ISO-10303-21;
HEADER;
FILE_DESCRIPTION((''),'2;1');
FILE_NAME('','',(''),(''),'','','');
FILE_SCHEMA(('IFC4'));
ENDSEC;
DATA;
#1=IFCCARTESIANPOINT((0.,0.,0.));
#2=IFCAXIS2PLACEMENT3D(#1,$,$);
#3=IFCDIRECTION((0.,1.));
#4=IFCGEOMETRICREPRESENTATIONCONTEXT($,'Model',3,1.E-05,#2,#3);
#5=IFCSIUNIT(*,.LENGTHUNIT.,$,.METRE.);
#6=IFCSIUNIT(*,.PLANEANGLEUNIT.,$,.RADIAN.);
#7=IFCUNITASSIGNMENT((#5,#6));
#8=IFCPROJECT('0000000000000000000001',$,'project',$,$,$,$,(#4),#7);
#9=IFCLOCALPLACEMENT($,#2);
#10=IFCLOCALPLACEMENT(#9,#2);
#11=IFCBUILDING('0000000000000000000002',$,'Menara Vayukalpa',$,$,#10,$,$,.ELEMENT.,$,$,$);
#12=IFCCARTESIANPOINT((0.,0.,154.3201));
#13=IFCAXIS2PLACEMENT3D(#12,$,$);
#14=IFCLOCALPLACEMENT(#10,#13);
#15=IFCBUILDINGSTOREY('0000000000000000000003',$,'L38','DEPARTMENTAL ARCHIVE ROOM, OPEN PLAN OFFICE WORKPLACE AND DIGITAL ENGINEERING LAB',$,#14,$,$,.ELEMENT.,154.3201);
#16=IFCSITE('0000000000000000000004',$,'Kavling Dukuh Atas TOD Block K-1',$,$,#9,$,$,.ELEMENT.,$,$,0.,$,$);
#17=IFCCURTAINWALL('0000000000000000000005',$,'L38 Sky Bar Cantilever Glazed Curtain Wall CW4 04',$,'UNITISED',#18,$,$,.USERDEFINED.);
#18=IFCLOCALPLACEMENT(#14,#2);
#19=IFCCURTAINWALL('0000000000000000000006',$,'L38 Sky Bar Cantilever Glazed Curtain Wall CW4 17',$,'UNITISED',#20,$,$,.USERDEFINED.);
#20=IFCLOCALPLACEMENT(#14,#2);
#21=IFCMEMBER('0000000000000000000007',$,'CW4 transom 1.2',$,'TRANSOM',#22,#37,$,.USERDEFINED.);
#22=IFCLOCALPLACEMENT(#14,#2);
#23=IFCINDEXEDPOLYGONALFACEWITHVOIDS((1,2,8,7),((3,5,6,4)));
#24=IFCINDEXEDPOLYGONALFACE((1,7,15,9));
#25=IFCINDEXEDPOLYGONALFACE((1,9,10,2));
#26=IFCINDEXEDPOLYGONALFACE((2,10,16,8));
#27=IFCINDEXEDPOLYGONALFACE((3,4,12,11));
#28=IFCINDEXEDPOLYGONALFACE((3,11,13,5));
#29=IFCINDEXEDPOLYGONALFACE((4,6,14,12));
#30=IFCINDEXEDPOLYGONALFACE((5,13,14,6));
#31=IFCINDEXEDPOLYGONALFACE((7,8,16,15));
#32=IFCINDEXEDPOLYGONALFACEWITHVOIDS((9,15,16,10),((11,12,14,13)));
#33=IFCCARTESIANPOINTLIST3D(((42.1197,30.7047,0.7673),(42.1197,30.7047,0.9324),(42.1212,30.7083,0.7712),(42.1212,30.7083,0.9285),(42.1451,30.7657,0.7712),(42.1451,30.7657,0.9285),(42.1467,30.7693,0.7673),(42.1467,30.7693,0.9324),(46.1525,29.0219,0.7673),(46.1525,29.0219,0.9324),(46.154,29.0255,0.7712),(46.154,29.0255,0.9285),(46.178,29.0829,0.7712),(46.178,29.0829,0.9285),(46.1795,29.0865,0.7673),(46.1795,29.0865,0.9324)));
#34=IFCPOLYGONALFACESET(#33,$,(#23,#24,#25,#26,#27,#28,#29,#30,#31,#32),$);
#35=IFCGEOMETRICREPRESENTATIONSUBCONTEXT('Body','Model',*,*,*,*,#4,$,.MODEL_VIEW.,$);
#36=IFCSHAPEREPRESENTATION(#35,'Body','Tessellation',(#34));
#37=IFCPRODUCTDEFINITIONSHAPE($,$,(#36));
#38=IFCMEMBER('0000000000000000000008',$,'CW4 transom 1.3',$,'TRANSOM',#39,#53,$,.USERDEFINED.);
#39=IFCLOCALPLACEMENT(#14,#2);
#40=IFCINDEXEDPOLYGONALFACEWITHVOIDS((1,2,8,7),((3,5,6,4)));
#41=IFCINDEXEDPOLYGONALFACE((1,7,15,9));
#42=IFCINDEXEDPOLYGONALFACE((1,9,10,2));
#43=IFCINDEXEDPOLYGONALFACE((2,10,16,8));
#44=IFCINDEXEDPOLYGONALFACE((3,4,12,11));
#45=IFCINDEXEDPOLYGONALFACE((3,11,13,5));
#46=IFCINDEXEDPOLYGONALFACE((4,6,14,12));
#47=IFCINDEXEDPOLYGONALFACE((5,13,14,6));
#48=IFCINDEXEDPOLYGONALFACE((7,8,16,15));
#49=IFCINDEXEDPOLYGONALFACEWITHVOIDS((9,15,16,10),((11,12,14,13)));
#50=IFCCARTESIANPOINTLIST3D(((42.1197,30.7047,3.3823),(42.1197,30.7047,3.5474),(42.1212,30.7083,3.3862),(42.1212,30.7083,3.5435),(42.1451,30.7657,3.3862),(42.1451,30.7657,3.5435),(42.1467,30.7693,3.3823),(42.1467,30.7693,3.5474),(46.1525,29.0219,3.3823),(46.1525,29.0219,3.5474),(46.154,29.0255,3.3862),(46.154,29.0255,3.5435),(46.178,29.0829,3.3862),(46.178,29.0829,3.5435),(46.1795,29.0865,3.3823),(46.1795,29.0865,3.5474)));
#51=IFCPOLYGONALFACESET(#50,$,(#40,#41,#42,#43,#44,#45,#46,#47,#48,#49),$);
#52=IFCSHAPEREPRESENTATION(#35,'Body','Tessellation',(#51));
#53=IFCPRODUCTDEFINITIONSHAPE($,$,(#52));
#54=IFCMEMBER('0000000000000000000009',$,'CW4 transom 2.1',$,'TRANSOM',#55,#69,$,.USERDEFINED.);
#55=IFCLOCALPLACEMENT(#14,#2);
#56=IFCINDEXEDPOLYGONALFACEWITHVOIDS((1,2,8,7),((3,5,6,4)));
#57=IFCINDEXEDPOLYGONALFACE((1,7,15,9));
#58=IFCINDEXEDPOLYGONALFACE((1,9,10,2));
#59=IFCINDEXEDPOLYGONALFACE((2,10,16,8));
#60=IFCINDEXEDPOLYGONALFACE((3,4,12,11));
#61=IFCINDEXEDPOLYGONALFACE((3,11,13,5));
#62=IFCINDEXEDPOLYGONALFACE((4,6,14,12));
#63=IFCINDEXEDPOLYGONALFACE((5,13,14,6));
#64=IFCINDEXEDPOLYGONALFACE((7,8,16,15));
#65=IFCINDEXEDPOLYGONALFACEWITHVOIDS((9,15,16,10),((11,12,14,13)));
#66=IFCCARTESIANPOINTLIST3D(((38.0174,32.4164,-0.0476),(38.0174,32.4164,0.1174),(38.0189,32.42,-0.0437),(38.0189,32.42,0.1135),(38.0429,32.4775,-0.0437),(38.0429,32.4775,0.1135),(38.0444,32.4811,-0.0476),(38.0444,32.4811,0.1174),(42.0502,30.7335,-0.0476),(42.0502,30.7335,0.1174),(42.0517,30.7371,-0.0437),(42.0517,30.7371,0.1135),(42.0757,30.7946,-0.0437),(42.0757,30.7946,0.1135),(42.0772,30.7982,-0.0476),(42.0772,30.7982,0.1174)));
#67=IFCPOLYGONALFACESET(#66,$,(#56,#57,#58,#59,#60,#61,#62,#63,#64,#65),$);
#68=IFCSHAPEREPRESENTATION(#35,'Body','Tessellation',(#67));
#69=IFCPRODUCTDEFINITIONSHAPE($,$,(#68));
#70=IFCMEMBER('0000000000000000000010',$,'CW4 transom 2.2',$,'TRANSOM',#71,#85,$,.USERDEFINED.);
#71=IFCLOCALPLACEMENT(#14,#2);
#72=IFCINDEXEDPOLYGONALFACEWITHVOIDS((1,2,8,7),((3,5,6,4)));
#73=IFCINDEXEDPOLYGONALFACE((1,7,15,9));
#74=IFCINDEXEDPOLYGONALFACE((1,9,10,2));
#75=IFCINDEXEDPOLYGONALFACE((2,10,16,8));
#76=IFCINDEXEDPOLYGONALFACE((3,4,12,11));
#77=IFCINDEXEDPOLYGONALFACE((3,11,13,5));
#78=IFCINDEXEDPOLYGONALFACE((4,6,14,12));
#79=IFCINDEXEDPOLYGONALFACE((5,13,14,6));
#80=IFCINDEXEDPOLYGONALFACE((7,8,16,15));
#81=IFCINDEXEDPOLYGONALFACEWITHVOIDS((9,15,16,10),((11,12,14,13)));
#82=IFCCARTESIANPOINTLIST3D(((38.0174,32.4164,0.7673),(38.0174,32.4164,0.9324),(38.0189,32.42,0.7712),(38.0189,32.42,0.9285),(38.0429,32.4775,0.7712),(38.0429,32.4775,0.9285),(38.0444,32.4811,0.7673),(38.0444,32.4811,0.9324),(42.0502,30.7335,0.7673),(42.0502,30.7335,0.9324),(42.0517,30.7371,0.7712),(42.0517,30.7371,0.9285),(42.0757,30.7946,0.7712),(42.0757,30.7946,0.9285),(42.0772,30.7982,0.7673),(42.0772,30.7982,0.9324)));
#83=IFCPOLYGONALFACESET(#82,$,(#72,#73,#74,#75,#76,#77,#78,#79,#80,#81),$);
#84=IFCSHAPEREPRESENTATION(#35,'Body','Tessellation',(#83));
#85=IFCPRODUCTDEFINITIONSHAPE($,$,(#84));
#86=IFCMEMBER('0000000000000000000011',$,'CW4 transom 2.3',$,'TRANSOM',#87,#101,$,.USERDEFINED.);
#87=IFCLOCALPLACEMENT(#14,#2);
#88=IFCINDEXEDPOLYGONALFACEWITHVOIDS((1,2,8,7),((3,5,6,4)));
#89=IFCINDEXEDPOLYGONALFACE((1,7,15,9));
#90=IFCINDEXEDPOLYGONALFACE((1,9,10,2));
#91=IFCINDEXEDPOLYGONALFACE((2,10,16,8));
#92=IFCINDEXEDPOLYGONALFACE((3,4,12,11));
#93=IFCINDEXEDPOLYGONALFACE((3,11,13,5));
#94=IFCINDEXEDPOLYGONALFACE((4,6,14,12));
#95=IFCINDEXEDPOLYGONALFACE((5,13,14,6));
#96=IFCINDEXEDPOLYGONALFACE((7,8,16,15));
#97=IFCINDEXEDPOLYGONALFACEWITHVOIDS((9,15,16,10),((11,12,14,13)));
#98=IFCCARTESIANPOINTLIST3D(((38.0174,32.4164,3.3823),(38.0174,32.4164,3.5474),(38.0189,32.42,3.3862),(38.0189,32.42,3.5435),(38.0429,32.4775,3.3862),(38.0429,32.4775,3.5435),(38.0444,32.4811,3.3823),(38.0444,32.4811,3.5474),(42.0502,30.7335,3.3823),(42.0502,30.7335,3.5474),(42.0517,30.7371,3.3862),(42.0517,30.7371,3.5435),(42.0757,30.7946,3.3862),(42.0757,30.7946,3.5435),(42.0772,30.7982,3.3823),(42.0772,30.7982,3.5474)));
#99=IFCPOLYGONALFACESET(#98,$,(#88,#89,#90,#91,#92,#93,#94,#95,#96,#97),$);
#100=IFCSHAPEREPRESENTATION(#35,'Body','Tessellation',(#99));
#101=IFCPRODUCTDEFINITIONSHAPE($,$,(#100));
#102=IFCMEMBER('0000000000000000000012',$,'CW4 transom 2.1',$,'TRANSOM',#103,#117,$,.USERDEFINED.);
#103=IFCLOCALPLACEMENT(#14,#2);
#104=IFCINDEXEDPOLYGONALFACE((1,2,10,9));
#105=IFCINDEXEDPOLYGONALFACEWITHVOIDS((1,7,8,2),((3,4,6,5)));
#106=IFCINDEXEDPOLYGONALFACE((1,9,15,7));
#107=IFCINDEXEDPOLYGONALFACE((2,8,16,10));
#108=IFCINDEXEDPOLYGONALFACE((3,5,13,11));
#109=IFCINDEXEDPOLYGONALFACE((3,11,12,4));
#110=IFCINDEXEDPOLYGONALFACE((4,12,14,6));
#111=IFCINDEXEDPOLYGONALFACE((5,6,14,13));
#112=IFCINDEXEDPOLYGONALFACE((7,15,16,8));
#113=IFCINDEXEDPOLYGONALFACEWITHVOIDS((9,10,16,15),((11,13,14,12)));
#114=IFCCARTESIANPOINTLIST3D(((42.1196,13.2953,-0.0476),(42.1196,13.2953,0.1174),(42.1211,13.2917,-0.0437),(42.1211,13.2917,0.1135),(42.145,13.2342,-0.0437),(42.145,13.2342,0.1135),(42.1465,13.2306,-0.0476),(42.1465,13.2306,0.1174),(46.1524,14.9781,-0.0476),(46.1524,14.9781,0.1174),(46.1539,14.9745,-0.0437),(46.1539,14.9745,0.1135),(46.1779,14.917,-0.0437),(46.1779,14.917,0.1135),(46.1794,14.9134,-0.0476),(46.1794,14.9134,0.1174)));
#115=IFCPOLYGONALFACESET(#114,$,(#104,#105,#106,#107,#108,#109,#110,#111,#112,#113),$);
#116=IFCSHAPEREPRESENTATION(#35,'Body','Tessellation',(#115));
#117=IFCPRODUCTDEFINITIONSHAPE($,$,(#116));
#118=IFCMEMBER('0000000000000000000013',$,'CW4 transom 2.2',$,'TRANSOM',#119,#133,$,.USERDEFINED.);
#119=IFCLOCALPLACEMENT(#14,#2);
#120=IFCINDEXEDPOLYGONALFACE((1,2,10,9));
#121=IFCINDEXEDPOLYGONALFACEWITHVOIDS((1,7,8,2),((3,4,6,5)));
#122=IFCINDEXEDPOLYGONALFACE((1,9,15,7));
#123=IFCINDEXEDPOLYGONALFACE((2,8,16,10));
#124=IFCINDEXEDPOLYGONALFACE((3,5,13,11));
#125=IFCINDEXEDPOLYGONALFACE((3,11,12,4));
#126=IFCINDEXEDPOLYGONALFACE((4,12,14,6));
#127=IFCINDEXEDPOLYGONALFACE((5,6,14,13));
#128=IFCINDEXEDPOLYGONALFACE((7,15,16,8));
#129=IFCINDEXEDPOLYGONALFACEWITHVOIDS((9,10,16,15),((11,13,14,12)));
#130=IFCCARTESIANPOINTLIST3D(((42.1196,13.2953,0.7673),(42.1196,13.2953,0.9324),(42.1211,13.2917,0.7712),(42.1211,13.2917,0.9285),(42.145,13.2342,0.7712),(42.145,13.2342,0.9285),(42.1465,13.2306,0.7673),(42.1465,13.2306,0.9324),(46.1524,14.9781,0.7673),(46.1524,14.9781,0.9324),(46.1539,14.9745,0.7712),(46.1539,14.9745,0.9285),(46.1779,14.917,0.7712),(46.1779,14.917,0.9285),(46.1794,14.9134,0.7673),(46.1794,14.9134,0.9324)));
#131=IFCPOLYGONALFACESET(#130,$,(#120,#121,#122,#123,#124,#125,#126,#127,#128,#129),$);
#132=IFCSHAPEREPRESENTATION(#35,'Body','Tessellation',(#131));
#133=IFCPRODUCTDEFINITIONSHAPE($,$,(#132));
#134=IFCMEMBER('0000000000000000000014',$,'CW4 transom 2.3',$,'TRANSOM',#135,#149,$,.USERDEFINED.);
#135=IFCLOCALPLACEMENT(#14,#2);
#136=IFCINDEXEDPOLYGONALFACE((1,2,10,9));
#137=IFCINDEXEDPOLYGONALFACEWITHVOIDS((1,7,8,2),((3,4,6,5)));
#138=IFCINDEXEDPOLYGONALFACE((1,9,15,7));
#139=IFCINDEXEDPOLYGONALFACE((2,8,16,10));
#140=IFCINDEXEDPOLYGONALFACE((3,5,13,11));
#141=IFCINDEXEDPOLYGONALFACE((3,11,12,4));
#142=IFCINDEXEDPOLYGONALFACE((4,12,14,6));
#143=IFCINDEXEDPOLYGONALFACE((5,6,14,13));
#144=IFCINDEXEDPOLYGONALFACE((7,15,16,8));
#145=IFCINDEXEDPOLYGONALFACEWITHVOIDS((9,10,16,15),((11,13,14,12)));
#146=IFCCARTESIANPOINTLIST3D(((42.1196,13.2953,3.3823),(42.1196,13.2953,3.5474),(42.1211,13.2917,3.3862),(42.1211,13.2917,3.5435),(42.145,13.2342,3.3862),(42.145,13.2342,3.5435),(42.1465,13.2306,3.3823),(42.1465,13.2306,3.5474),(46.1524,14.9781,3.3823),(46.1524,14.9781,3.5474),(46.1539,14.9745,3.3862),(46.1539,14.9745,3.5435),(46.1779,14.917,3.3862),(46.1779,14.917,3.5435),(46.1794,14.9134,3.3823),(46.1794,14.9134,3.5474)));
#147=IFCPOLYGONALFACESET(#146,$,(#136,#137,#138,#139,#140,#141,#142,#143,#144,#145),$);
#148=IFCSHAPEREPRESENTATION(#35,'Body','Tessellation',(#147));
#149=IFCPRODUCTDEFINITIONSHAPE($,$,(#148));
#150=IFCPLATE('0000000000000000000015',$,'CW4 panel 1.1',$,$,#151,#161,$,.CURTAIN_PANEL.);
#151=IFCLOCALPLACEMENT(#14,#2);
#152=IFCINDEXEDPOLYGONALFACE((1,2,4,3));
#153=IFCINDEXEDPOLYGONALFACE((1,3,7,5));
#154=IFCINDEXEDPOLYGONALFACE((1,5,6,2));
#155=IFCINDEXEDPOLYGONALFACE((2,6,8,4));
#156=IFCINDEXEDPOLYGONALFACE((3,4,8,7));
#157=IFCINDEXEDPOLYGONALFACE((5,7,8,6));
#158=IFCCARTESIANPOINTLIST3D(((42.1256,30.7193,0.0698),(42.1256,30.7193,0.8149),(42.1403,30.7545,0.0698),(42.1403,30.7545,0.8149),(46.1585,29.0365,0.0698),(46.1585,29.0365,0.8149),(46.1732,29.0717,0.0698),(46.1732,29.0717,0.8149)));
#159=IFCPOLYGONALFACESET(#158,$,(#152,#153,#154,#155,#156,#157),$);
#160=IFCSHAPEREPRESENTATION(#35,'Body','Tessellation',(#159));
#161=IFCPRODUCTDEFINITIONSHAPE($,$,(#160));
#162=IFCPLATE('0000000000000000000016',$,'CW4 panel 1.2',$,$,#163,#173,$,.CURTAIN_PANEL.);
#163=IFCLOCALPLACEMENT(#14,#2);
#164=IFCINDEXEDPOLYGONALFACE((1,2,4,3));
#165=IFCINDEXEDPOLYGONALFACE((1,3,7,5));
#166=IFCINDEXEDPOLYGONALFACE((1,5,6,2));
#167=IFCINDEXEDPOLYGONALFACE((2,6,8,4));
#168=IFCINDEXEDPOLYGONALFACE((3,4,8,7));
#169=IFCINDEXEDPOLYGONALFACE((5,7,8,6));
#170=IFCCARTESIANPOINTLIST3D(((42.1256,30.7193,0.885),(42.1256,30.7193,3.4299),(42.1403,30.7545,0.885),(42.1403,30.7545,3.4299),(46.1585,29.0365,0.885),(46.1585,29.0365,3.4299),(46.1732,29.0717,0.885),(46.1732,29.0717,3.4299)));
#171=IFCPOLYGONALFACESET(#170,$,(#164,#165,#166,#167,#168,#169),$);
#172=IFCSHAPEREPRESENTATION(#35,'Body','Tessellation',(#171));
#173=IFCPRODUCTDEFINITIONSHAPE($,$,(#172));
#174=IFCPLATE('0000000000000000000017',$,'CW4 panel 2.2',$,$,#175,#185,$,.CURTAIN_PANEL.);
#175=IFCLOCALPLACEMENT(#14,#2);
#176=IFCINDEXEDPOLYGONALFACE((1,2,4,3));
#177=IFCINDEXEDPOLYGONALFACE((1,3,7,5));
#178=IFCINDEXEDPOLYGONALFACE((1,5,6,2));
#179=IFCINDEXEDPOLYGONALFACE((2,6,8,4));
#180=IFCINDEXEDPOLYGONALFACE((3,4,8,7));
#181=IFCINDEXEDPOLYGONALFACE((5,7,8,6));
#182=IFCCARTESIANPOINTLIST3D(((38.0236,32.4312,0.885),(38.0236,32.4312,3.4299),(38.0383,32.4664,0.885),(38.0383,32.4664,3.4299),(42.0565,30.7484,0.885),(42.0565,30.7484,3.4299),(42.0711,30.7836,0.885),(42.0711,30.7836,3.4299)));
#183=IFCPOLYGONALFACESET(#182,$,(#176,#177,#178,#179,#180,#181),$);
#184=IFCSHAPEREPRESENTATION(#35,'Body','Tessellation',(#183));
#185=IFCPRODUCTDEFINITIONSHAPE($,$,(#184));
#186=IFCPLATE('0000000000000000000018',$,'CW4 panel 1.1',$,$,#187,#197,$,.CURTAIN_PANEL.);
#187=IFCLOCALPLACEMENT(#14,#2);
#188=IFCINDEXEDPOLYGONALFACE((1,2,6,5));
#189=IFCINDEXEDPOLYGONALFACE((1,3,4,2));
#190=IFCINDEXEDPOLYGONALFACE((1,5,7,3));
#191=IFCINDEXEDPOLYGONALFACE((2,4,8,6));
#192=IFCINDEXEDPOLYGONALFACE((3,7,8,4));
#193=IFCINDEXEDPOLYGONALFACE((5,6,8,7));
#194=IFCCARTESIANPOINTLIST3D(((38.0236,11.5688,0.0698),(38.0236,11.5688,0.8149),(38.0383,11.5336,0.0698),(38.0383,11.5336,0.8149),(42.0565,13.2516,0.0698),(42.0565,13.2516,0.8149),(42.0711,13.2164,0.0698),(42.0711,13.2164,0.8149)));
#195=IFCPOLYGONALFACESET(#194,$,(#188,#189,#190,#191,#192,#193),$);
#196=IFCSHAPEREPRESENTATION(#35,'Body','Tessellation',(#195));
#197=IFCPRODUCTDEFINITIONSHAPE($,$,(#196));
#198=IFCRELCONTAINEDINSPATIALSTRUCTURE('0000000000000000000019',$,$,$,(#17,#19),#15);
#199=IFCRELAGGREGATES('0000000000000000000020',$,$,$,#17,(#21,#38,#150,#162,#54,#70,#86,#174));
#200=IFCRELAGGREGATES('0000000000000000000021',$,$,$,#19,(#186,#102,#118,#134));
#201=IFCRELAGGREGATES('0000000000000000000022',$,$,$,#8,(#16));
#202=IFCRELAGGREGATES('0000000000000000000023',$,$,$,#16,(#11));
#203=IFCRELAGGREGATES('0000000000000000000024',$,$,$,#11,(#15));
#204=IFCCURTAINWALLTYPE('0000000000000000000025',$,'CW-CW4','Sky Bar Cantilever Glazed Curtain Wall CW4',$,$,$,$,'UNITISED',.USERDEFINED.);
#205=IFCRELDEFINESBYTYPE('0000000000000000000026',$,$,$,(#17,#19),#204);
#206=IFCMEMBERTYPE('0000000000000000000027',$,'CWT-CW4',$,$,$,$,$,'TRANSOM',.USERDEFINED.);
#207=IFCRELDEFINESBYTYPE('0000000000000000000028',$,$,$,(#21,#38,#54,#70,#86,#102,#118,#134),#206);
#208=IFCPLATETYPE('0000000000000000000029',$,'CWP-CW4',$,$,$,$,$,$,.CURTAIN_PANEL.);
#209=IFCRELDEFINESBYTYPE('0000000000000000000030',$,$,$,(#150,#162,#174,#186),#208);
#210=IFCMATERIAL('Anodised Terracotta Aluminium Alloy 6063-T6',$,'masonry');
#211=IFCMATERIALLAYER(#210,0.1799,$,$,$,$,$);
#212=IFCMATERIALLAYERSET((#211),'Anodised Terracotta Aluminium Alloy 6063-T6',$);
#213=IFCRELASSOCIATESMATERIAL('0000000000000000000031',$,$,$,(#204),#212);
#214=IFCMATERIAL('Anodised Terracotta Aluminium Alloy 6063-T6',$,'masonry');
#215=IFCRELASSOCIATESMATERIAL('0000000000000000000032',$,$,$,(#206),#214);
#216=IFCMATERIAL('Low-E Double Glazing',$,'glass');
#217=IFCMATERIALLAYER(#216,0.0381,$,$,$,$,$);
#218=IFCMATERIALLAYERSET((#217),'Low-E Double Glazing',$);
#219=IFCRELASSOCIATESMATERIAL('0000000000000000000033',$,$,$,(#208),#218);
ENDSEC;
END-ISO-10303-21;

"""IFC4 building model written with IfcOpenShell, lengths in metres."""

from ifc_helpers import new_model, si_unit, direction, frame, origin, origin_2d, place, context, subcontext, project, spatial, rectangle, hollow_rectangle, extrude, material, layer, layer_set, material_profile, profile_set, type_object, element, aggregate, save


model = new_model("IFC4")

# Units and contexts
model_context = context("Model", 3, precision=1e-05, world=origin(), true_north=direction((0.0, 1.0)))
body_context = subcontext(model_context, "Body", "Model", "MODEL_VIEW")
ifc_project = project(units=[si_unit("LENGTHUNIT", "METRE"), si_unit("PLANEANGLEUNIT", "RADIAN")], contexts=[model_context])

# Site, building, storey
site_placement = place(None, origin())
site = spatial("IfcSite", under=ifc_project, at=site_placement, Name="Kavling Dukuh Atas TOD Block K-1", CompositionType="ELEMENT", RefElevation=0.0)
building_placement = place(site_placement, origin())
building = spatial("IfcBuilding", under=site, at=building_placement, Name="Menara Vayukalpa", CompositionType="ELEMENT")
storey_placement = place(building_placement, frame((0.0, 0.0, 154.3201)))
storey = spatial("IfcBuildingStorey", under=building, at=storey_placement, Name="L38", Description="DEPARTMENTAL ARCHIVE ROOM, OPEN PLAN OFFICE WORKPLACE AND DIGITAL ENGINEERING LAB", CompositionType="ELEMENT", Elevation=154.3201)

# Curtain walls
ifc_material_1 = material(Name="Anodised Terracotta Aluminium Alloy 6063-T6", Category="masonry")
ifc_layer_1 = layer(ifc_material_1, 0.1799)
ifc_layer_set_1 = layer_set([ifc_layer_1], Name="Anodised Terracotta Aluminium Alloy 6063-T6")
curtain_wall_type = type_object("IfcCurtainWallType", Name="CW-CW4", Description="Sky Bar Cantilever Glazed Curtain Wall CW4", ElementType="UNITISED", PredefinedType="USERDEFINED", material=ifc_layer_set_1)
curtain_wall_1_placement = place(storey_placement, origin())
curtain_wall_1 = element("IfcCurtainWall", 1, at=curtain_wall_1_placement, inside=storey, type_object=curtain_wall_type, Name="L38 Sky Bar Cantilever Glazed Curtain Wall CW4 04", ObjectType="UNITISED", PredefinedType="USERDEFINED")
curtain_wall_2_placement = place(storey_placement, origin())
curtain_wall_2 = element("IfcCurtainWall", 2, at=curtain_wall_2_placement, inside=storey, type_object=curtain_wall_type, Name="L38 Sky Bar Cantilever Glazed Curtain Wall CW4 17", ObjectType="UNITISED", PredefinedType="USERDEFINED")

# Members
ifc_material_2 = material(Name="Anodised Terracotta Aluminium Alloy 6063-T6", Category="masonry")
ifc_material_profile_1 = material_profile(ifc_material_2, hollow_rectangle(XDim=0.0701, YDim=0.165, WallThickness=0.0039, at=origin_2d()), Name="ALU 70x165x4")
ifc_profile_set_1 = profile_set([ifc_material_profile_1], Name="Anodised Terracotta Aluminium Alloy 6063-T6")
member_type_1 = type_object("IfcMemberType", Name="CWT-CW4", ElementType="TRANSOM", PredefinedType="USERDEFINED", material=ifc_profile_set_1)
member_1_placement = place(storey_placement, frame((46.166, 29.0542, 0.8499), z_axis=(-0.922877, 0.385095, 0.0), x_axis=(-0.385095, -0.922877, 0.0)))
member_1 = element("IfcMember", 3, at=member_1_placement, type_object=member_type_1, Name="CW4 transom 1.2", ObjectType="TRANSOM", PredefinedType="USERDEFINED", context=body_context, shape_type="SweptSolid", body=[
    extrude(hollow_rectangle(XDim=0.0701, YDim=0.165, WallThickness=0.0039, at=origin_2d()), origin(), (0.0, 0.0, 1.0), 4.3699),
])
member_2_placement = place(storey_placement, frame((46.166, 29.0542, 3.4648), z_axis=(-0.922877, 0.385095, 0.0), x_axis=(-0.385095, -0.922877, 0.0)))
member_2 = element("IfcMember", 4, at=member_2_placement, type_object=member_type_1, Name="CW4 transom 1.3", ObjectType="TRANSOM", PredefinedType="USERDEFINED", context=body_context, shape_type="SweptSolid", body=[
    extrude(hollow_rectangle(XDim=0.0701, YDim=0.165, WallThickness=0.0039, at=origin_2d()), origin(), (0.0, 0.0, 1.0), 4.3699),
])
member_3_placement = place(storey_placement, frame((42.0637, 30.7659, 0.0349), z_axis=(-0.922869, 0.385115, 0.0), x_axis=(-0.385115, -0.922869, 0.0)))
member_3 = element("IfcMember", 5, at=member_3_placement, type_object=member_type_1, Name="CW4 transom 2.1", ObjectType="TRANSOM", PredefinedType="USERDEFINED", context=body_context, shape_type="SweptSolid", body=[
    extrude(hollow_rectangle(XDim=0.0701, YDim=0.165, WallThickness=0.0039, at=origin_2d()), origin(), (0.0, 0.0, 1.0), 4.3699),
])
member_4_placement = place(storey_placement, frame((42.0637, 30.7659, 0.8499), z_axis=(-0.922869, 0.385115, 0.0), x_axis=(-0.385115, -0.922869, 0.0)))
member_4 = element("IfcMember", 6, at=member_4_placement, type_object=member_type_1, Name="CW4 transom 2.2", ObjectType="TRANSOM", PredefinedType="USERDEFINED", context=body_context, shape_type="SweptSolid", body=[
    extrude(hollow_rectangle(XDim=0.0701, YDim=0.165, WallThickness=0.0039, at=origin_2d()), origin(), (0.0, 0.0, 1.0), 4.3699),
])
member_5_placement = place(storey_placement, frame((42.0637, 30.7659, 3.4648), z_axis=(-0.922869, 0.385115, 0.0), x_axis=(-0.385115, -0.922869, 0.0)))
member_5 = element("IfcMember", 7, at=member_5_placement, type_object=member_type_1, Name="CW4 transom 2.3", ObjectType="TRANSOM", PredefinedType="USERDEFINED", context=body_context, shape_type="SweptSolid", body=[
    extrude(hollow_rectangle(XDim=0.0701, YDim=0.165, WallThickness=0.0039, at=origin_2d()), origin(), (0.0, 0.0, 1.0), 4.3699),
])
member_6_placement = place(storey_placement, frame((42.1331, 13.2629, 0.0349), z_axis=(0.922877, 0.385095, 0.0), x_axis=(-0.385095, 0.922877, 0.0)))
member_6 = element("IfcMember", 8, at=member_6_placement, type_object=member_type_1, Name="CW4 transom 2.1", ObjectType="TRANSOM", PredefinedType="USERDEFINED", context=body_context, shape_type="SweptSolid", body=[
    extrude(hollow_rectangle(XDim=0.0701, YDim=0.165, WallThickness=0.0039, at=origin_2d()), origin(), (0.0, 0.0, 1.0), 4.3699),
])
member_7_placement = place(storey_placement, frame((42.1331, 13.2629, 0.8499), z_axis=(0.922877, 0.385095, 0.0), x_axis=(-0.385095, 0.922877, 0.0)))
member_7 = element("IfcMember", 9, at=member_7_placement, type_object=member_type_1, Name="CW4 transom 2.2", ObjectType="TRANSOM", PredefinedType="USERDEFINED", context=body_context, shape_type="SweptSolid", body=[
    extrude(hollow_rectangle(XDim=0.0701, YDim=0.165, WallThickness=0.0039, at=origin_2d()), origin(), (0.0, 0.0, 1.0), 4.3699),
])
member_8_placement = place(storey_placement, frame((42.1331, 13.2629, 3.4648), z_axis=(0.922877, 0.385095, 0.0), x_axis=(-0.385095, 0.922877, 0.0)))
member_8 = element("IfcMember", 10, at=member_8_placement, type_object=member_type_1, Name="CW4 transom 2.3", ObjectType="TRANSOM", PredefinedType="USERDEFINED", context=body_context, shape_type="SweptSolid", body=[
    extrude(hollow_rectangle(XDim=0.0701, YDim=0.165, WallThickness=0.0039, at=origin_2d()), origin(), (0.0, 0.0, 1.0), 4.3699),
])

# Plates
ifc_material_3 = material(Name="Low-E Double Glazing", Category="glass")
ifc_layer_2 = layer(ifc_material_3, 0.0381)
ifc_layer_set_2 = layer_set([ifc_layer_2], Name="Low-E Double Glazing")
plate_type = type_object("IfcPlateType", Name="CWP-CW4", PredefinedType="CURTAIN_PANEL", material=ifc_layer_set_2)
plate_1_placement = place(storey_placement, frame((44.1494, 29.8955, 0.0698), z_axis=(0.0, 0.0, 1.0), x_axis=(-0.922878, 0.385091, 0.0)))
plate_1 = element("IfcPlate", 11, at=plate_1_placement, type_object=plate_type, Name="CW4 panel 1.1", PredefinedType="CURTAIN_PANEL", context=body_context, shape_type="SweptSolid", body=[
    extrude(rectangle(XDim=4.3699, YDim=0.0381, at=origin_2d()), origin(), (0.0, 0.0, 1.0), 0.7451),
])
plate_2_placement = place(storey_placement, frame((44.1494, 29.8955, 0.885), z_axis=(0.0, 0.0, 1.0), x_axis=(-0.922878, 0.385091, 0.0)))
plate_2 = element("IfcPlate", 12, at=plate_2_placement, type_object=plate_type, Name="CW4 panel 1.2", PredefinedType="CURTAIN_PANEL", context=body_context, shape_type="SweptSolid", body=[
    extrude(rectangle(XDim=4.3699, YDim=0.0381, at=origin_2d()), origin(), (0.0, 0.0, 1.0), 2.5449),
])
plate_3_placement = place(storey_placement, frame((40.0474, 31.6074, 0.885), z_axis=(0.0, 0.0, 1.0), x_axis=(-0.922878, 0.385091, 0.0)))
plate_3 = element("IfcPlate", 13, at=plate_3_placement, type_object=plate_type, Name="CW4 panel 2.2", PredefinedType="CURTAIN_PANEL", context=body_context, shape_type="SweptSolid", body=[
    extrude(rectangle(XDim=4.3699, YDim=0.0381, at=origin_2d()), origin(), (0.0, 0.0, 1.0), 2.5449),
])
aggregate(curtain_wall_1, [member_1, member_2, plate_1, plate_2, member_3, member_4, member_5, plate_3])
plate_4_placement = place(storey_placement, frame((40.0474, 12.3926, 0.0698), z_axis=(0.0, 0.0, 1.0), x_axis=(0.922878, 0.385091, 0.0)))
plate_4 = element("IfcPlate", 14, at=plate_4_placement, type_object=plate_type, Name="CW4 panel 1.1", PredefinedType="CURTAIN_PANEL", context=body_context, shape_type="SweptSolid", body=[
    extrude(rectangle(XDim=4.3699, YDim=0.0381, at=origin_2d()), origin(), (0.0, 0.0, 1.0), 0.7451),
])
aggregate(curtain_wall_2, [plate_4, member_6, member_7, member_8])

save(model, "model.ifc")
